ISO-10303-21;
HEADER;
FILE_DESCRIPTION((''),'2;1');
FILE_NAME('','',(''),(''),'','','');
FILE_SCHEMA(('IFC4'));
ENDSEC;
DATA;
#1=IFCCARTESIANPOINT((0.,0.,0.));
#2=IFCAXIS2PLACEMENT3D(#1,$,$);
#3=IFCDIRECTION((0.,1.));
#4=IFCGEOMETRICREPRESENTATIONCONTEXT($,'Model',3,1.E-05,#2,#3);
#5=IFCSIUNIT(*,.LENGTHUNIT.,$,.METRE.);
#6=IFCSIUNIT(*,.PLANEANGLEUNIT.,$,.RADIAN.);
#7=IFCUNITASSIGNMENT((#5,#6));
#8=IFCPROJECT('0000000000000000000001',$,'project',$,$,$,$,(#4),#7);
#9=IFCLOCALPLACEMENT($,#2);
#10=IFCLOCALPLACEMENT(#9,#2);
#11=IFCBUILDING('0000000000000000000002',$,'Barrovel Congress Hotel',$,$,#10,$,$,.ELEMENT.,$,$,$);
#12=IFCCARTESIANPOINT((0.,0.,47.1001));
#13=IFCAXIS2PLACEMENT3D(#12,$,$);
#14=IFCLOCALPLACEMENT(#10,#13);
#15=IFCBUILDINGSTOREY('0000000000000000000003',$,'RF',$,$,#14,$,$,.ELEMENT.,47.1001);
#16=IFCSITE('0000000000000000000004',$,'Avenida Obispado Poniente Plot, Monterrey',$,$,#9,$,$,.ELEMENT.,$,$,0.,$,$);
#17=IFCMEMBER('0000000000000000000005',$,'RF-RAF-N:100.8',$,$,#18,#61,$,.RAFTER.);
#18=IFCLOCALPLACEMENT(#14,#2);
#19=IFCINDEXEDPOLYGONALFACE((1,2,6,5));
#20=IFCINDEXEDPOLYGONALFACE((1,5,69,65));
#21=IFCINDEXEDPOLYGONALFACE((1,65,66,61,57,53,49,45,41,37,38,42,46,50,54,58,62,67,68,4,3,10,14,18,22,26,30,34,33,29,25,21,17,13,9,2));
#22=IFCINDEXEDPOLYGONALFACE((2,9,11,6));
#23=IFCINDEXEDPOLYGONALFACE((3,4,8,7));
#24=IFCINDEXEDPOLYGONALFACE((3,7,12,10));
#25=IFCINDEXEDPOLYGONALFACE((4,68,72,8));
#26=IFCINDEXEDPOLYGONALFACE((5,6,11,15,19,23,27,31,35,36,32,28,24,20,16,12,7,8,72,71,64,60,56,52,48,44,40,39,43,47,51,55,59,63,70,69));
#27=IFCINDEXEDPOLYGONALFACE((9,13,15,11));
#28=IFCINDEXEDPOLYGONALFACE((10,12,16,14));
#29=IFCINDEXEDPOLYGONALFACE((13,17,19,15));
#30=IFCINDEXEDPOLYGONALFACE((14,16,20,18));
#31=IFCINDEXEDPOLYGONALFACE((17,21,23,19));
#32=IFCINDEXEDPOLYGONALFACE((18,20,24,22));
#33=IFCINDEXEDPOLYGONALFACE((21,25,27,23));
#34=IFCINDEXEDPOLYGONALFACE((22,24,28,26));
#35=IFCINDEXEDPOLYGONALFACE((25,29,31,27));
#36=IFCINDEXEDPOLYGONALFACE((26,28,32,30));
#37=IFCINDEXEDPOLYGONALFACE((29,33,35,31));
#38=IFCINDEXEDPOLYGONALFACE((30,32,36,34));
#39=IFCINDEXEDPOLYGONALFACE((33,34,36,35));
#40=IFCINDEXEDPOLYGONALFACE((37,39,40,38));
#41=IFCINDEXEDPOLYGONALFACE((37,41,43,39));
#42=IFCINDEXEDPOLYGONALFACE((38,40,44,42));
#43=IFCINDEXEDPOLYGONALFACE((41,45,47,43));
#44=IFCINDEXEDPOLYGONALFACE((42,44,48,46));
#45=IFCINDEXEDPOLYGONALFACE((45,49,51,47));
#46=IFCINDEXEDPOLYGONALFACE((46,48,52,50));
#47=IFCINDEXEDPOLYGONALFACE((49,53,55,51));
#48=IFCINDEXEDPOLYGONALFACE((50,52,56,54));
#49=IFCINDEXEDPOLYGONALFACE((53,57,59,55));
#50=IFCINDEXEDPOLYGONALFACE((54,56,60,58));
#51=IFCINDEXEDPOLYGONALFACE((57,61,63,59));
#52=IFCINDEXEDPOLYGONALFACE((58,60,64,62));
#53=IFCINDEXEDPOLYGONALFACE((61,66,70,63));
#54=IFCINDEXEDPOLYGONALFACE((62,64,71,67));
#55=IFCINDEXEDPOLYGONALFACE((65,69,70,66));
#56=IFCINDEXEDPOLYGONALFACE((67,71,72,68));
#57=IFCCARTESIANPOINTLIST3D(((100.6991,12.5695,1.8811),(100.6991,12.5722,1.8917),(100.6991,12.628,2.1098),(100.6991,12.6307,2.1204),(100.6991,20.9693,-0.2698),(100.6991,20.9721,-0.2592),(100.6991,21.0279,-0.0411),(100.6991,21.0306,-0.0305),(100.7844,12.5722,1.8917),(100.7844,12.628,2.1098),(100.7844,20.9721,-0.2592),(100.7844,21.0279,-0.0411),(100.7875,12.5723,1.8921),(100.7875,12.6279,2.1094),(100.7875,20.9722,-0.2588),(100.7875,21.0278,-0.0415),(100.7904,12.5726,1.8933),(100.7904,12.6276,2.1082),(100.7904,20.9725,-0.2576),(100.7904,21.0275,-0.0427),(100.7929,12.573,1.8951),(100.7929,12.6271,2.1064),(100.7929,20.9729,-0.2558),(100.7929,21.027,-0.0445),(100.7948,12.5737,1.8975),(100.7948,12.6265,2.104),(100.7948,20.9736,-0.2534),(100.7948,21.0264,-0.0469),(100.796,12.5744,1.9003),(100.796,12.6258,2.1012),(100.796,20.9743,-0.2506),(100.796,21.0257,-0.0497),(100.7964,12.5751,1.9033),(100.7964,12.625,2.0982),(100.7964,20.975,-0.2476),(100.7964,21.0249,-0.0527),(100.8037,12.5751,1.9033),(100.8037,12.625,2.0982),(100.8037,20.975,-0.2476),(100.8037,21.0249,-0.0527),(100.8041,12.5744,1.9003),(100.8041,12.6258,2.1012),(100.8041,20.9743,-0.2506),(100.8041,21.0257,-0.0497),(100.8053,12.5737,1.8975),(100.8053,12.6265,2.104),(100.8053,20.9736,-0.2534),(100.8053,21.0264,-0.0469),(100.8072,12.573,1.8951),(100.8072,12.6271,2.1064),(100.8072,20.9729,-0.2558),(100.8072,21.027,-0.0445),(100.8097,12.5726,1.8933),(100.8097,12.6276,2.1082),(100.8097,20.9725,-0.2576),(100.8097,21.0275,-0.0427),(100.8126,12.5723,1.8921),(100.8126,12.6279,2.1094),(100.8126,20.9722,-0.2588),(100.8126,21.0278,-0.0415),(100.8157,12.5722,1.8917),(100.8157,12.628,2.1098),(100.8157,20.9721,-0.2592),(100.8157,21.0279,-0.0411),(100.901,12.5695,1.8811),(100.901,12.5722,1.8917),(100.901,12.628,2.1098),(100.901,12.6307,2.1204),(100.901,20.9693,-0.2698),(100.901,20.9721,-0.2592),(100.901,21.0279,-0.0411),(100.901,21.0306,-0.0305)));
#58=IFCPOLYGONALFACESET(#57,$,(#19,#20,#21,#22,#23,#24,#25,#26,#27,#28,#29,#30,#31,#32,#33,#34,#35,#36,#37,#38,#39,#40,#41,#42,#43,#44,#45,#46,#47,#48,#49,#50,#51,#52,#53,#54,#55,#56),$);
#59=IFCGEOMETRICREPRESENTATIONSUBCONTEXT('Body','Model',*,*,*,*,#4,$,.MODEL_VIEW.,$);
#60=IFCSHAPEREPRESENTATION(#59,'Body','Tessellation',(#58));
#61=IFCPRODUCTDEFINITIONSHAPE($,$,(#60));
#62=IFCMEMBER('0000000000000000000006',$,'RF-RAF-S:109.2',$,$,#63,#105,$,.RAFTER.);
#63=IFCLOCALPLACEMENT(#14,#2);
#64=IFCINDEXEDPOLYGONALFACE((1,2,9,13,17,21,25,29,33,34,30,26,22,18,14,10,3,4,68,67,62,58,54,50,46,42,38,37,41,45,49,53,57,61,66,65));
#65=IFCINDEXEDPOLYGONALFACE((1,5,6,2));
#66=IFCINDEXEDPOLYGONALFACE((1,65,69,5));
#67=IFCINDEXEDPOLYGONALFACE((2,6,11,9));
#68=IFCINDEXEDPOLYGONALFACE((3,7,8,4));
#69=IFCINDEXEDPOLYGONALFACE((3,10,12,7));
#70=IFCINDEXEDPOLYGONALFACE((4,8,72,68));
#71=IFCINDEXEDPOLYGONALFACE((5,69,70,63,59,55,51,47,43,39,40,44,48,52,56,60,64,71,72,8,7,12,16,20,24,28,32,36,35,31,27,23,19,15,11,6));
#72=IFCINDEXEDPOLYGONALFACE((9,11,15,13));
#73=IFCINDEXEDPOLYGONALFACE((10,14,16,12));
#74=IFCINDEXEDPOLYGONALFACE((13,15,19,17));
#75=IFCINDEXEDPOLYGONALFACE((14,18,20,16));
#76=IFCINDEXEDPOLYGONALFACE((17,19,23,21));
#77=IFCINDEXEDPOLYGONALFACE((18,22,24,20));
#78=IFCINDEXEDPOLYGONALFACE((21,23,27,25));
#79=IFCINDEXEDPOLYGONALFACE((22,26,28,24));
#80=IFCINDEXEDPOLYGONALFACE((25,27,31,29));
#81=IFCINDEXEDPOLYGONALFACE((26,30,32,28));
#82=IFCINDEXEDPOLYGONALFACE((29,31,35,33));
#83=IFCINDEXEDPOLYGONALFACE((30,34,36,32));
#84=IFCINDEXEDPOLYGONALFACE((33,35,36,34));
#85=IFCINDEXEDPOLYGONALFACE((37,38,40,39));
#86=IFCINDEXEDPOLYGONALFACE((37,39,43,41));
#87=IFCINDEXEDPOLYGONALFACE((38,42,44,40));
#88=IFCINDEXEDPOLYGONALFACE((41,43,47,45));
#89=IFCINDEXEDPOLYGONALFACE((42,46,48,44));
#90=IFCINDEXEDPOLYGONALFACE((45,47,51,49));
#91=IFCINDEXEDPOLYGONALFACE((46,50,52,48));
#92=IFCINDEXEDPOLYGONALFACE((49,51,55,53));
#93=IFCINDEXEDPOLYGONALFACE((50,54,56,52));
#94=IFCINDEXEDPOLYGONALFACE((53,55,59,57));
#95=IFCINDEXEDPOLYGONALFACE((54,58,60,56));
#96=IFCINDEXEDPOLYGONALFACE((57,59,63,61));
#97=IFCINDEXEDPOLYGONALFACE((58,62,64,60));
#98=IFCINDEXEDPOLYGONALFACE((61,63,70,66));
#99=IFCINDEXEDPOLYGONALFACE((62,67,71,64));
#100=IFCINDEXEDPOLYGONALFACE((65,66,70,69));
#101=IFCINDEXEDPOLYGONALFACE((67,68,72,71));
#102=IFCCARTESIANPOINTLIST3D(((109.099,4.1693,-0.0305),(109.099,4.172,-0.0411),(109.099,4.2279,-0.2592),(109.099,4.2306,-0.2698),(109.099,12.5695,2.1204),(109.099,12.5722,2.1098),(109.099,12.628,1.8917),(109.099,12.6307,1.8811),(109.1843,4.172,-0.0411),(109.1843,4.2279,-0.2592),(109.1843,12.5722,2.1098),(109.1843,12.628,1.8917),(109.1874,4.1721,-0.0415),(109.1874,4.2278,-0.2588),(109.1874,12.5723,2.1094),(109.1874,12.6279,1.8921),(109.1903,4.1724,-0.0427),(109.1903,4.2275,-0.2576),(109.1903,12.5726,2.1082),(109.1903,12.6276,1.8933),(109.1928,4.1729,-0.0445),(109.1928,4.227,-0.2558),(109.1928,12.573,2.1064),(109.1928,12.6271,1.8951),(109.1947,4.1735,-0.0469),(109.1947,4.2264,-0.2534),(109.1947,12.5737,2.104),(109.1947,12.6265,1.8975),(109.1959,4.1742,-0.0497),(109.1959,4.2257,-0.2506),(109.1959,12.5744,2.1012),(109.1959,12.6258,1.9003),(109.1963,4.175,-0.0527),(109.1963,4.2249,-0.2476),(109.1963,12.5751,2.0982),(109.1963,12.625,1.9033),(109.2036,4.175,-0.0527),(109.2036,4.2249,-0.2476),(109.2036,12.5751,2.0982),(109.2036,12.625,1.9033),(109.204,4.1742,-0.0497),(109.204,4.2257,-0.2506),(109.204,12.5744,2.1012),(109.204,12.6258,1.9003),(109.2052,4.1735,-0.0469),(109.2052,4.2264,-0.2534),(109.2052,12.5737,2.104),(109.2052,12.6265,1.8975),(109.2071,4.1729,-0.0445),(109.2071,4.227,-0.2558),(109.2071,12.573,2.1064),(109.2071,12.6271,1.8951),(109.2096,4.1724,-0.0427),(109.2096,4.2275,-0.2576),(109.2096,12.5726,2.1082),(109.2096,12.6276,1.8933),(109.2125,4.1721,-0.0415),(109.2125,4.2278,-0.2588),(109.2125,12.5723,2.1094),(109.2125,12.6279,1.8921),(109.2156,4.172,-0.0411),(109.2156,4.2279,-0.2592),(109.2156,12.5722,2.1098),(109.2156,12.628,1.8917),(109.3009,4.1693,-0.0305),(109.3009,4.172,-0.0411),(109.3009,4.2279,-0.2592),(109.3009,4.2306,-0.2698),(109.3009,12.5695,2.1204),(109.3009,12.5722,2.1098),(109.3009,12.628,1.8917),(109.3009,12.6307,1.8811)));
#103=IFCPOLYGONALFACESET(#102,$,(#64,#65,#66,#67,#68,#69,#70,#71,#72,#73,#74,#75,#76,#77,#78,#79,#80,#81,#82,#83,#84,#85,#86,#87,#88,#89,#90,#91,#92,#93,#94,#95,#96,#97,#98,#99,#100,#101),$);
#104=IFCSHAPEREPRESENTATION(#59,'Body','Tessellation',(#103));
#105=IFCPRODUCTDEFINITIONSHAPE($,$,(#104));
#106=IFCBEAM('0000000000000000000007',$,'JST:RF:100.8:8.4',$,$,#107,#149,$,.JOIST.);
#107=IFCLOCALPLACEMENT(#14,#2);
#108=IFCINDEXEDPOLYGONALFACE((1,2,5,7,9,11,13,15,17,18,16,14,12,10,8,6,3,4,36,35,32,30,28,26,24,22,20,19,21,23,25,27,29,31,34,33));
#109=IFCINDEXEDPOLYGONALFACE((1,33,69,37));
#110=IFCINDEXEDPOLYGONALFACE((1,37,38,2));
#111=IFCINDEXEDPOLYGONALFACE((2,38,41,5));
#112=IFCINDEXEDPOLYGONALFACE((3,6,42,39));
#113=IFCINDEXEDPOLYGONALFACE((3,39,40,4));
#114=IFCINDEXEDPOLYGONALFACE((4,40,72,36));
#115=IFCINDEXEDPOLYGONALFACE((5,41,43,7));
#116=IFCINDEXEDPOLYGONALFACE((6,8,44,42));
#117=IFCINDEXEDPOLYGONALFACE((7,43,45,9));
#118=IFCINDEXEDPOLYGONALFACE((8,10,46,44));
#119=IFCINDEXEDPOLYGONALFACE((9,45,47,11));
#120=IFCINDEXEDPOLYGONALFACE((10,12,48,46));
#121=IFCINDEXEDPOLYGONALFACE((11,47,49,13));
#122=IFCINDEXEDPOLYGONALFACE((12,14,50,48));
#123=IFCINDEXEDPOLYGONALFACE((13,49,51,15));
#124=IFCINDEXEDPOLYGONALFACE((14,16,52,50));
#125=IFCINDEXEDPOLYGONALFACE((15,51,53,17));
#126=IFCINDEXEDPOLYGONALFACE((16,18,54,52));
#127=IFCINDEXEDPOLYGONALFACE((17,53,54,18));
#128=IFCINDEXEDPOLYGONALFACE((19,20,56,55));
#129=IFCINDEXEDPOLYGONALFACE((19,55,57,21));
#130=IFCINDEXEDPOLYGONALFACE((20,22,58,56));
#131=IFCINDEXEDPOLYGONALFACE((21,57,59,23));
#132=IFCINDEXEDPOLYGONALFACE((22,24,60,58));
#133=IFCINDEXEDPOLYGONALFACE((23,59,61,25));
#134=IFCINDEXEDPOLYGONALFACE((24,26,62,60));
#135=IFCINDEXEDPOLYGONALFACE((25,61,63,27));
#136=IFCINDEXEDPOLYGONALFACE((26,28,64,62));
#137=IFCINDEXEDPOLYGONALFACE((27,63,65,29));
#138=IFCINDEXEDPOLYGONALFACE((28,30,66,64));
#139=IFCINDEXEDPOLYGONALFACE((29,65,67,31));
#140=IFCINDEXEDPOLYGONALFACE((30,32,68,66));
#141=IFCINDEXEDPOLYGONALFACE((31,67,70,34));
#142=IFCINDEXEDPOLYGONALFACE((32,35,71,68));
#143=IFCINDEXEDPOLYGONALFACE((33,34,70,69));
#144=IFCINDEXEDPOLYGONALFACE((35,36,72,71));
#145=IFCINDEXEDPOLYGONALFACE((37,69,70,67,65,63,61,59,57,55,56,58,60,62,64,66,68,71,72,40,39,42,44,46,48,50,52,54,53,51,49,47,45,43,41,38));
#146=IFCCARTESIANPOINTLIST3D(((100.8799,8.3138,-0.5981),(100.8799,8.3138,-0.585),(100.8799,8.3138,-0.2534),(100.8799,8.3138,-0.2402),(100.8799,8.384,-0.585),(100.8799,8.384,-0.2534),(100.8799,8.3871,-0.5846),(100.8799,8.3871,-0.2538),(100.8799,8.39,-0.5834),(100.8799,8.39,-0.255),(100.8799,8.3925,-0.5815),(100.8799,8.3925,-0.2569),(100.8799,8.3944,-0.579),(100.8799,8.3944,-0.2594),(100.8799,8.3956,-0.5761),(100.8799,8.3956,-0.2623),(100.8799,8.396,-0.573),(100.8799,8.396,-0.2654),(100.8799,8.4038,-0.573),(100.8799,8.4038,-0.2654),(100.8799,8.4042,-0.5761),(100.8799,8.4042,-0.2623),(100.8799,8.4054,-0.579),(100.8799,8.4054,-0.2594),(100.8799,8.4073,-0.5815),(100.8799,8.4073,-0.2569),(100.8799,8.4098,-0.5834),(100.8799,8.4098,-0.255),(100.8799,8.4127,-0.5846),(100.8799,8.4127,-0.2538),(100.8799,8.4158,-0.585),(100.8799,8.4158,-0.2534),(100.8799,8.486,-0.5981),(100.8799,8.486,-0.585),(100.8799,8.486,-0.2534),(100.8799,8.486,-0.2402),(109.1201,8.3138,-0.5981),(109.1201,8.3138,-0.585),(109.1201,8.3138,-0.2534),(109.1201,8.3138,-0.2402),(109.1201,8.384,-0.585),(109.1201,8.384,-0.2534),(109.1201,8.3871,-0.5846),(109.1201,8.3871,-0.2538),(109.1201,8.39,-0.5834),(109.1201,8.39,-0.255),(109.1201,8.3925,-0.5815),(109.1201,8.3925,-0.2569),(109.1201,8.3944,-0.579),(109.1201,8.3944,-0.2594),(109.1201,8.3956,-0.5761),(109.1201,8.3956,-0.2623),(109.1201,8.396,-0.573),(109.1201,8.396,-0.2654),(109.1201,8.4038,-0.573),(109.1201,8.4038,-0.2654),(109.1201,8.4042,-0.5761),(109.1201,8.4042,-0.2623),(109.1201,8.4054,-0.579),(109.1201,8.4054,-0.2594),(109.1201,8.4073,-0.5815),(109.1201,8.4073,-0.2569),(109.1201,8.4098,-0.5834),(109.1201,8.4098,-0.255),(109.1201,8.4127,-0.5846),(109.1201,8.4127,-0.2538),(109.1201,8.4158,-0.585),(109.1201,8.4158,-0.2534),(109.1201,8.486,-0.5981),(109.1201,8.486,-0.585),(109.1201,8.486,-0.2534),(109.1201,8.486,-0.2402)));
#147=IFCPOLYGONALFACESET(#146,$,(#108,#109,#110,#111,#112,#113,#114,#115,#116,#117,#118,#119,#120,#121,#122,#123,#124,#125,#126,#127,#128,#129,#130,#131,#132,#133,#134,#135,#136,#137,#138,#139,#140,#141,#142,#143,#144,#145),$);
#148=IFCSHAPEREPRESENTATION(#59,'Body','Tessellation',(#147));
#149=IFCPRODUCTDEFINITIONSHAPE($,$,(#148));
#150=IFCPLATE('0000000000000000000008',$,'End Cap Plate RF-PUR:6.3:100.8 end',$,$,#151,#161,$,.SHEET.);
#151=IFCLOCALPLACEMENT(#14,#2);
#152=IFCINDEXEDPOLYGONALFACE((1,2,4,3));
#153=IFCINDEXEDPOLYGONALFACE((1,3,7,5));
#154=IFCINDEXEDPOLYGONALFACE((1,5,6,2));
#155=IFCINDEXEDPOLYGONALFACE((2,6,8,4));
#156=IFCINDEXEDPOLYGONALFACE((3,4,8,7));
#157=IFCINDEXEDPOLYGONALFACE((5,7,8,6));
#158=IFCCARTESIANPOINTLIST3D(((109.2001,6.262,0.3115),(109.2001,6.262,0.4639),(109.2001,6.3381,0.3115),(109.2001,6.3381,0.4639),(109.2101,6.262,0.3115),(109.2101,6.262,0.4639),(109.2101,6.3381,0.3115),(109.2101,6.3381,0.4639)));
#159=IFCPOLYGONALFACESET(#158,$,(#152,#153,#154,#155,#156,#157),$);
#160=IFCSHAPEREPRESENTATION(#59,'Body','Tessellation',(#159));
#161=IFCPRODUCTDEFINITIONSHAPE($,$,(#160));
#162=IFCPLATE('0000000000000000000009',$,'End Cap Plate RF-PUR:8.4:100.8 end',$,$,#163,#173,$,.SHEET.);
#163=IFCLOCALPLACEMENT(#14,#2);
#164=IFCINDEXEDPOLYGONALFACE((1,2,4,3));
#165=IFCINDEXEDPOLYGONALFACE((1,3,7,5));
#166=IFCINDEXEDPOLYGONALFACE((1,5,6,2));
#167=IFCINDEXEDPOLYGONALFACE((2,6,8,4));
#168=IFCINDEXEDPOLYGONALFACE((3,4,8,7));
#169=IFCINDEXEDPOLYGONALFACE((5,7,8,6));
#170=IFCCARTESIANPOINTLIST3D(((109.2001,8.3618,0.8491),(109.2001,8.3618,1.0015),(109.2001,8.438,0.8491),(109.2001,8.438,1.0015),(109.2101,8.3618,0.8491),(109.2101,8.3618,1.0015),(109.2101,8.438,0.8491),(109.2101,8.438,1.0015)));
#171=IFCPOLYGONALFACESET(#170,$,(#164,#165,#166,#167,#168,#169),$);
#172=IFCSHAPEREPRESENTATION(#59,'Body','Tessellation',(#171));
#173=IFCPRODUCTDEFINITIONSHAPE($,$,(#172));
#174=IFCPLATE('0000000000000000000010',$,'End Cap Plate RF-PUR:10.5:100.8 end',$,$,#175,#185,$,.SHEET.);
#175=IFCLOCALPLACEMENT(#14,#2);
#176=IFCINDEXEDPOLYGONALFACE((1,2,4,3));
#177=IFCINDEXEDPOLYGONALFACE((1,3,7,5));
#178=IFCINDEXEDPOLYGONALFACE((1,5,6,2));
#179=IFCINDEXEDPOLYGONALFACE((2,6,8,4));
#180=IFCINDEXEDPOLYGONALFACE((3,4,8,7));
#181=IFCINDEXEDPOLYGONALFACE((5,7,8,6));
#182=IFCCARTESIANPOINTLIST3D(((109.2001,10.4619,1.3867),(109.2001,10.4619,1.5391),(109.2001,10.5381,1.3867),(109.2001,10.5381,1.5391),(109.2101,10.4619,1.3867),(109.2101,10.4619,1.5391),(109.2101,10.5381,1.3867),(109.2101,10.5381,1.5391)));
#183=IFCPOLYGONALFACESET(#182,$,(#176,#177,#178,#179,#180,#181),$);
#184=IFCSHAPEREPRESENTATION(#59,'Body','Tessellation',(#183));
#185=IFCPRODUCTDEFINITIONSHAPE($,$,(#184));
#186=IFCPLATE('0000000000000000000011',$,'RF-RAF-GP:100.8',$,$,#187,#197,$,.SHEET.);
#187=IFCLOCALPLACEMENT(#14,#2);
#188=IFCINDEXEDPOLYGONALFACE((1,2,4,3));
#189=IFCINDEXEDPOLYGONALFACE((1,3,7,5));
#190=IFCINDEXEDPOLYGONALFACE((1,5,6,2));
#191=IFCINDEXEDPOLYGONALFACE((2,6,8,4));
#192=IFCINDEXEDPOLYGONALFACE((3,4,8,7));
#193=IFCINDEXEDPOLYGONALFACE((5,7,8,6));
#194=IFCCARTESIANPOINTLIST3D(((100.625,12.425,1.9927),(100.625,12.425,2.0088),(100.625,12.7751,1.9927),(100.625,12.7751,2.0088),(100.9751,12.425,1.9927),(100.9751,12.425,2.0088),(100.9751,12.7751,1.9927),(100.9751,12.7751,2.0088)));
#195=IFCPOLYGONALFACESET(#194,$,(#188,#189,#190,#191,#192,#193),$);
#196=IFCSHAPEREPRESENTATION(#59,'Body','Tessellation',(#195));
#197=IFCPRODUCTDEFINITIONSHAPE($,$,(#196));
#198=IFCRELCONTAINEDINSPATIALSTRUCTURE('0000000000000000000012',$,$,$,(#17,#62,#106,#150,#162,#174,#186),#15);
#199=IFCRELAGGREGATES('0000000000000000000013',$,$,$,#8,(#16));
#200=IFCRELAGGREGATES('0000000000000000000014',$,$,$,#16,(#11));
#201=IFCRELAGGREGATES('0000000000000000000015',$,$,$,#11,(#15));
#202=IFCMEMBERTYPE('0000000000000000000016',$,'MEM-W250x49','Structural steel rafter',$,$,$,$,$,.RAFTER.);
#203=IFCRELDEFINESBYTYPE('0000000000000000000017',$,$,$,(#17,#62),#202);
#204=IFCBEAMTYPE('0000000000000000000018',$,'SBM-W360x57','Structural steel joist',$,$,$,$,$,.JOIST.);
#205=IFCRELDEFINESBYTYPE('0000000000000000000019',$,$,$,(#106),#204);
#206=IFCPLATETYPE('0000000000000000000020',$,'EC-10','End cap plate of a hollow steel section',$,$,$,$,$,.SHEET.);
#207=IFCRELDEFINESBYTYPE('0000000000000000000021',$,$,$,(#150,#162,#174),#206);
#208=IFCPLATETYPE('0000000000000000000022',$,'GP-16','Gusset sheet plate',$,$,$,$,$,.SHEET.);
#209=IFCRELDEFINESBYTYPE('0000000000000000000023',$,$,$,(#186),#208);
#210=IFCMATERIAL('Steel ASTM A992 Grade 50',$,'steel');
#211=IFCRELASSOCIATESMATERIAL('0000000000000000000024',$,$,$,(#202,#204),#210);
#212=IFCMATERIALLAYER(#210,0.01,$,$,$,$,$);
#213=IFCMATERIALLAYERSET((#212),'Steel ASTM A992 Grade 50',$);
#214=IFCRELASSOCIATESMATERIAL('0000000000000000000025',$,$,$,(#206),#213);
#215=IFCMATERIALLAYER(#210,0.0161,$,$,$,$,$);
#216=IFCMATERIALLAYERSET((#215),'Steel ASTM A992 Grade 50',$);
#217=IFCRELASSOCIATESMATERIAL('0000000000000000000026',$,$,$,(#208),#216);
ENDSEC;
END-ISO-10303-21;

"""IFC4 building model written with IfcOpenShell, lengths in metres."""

from ifc_helpers import new_model, si_unit, direction, frame, origin, origin_2d, place, context, subcontext, project, spatial, rectangle, i_section, extrude, material, layer, layer_set, material_profile, profile_set, type_object, element, save


model = new_model("IFC4")

# Units and contexts
model_context = context("Model", 3, precision=1e-05, world=origin(), true_north=direction((0.0, 1.0)))
body_context = subcontext(model_context, "Body", "Model", "MODEL_VIEW")
ifc_project = project(units=[si_unit("LENGTHUNIT", "METRE"), si_unit("PLANEANGLEUNIT", "RADIAN")], contexts=[model_context])

# Site, building, storey
site_placement = place(None, origin())
site = spatial("IfcSite", under=ifc_project, at=site_placement, Name="Avenida Obispado Poniente Plot, Monterrey", CompositionType="ELEMENT", RefElevation=0.0)
building_placement = place(site_placement, origin())
building = spatial("IfcBuilding", under=site, at=building_placement, Name="Barrovel Congress Hotel", CompositionType="ELEMENT")
storey_placement = place(building_placement, frame((0.0, 0.0, 47.1001)))
storey = spatial("IfcBuildingStorey", under=building, at=storey_placement, Name="RF", CompositionType="ELEMENT", Elevation=47.1001)

# Members
ifc_material_1 = material(Name="Steel ASTM A992 Grade 50", Category="steel")
ifc_material_profile_1 = material_profile(ifc_material_1, i_section(OverallWidth=0.2019, OverallDepth=0.2471, WebThickness=0.0073, FlangeThickness=0.011, FilletRadius=0.012, at=origin_2d()), Name="W250x49")
ifc_profile_set_1 = profile_set([ifc_material_profile_1], Name="Steel ASTM A992 Grade 50")
member_type_1 = type_object("IfcMemberType", Name="MEM-W250x49", Description="Structural steel rafter", PredefinedType="RAFTER", material=ifc_profile_set_1)
member_1_placement = place(storey_placement, frame((100.8, 12.6001, 2.0007), z_axis=(0.0, 0.968745, -0.248057), x_axis=(-1.0, 0.0, 0.0)))
element("IfcMember", 1, at=member_1_placement, inside=storey, type_object=member_type_1, Name="RF-RAF-N:100.8", PredefinedType="RAFTER", context=body_context, shape_type="SweptSolid", body=[
    extrude(i_section(OverallWidth=0.2019, OverallDepth=0.2471, WebThickness=0.0073, FlangeThickness=0.011, FilletRadius=0.012, at=origin_2d()), origin(), (0.0, 0.0, 1.0), 8.6709),
])
member_2_placement = place(storey_placement, frame((109.2, 4.2, -0.1501), z_axis=(0.0, 0.968747, 0.24805), x_axis=(-1.0, 0.0, 0.0)))
element("IfcMember", 2, at=member_2_placement, inside=storey, type_object=member_type_1, Name="RF-RAF-S:109.2", PredefinedType="RAFTER", context=body_context, shape_type="SweptSolid", body=[
    extrude(i_section(OverallWidth=0.2019, OverallDepth=0.2471, WebThickness=0.0073, FlangeThickness=0.011, FilletRadius=0.012, at=origin_2d()), origin(), (0.0, 0.0, 1.0), 8.6711),
])

# Beam
ifc_material_profile_2 = material_profile(ifc_material_1, i_section(OverallWidth=0.1721, OverallDepth=0.3579, WebThickness=0.0078, FlangeThickness=0.0132, FilletRadius=0.012, at=origin_2d()), Name="W360x57")
ifc_profile_set_2 = profile_set([ifc_material_profile_2], Name="Steel ASTM A992 Grade 50")
beam_type_1 = type_object("IfcBeamType", Name="SBM-W360x57", Description="Structural steel joist", PredefinedType="JOIST", material=ifc_profile_set_2)
beam_1_placement = place(storey_placement, frame((100.8799, 8.3999, -0.4192), z_axis=(1.0, 0.0, 0.0), x_axis=(0.0, 1.0, 0.0)))
element("IfcBeam", 3, at=beam_1_placement, inside=storey, type_object=beam_type_1, Name="JST:RF:100.8:8.4", PredefinedType="JOIST", context=body_context, shape_type="SweptSolid", body=[
    extrude(i_section(OverallWidth=0.1721, OverallDepth=0.3579, WebThickness=0.0078, FlangeThickness=0.0132, FilletRadius=0.012, at=origin_2d()), origin(), (0.0, 0.0, 1.0), 8.2402),
])

# Plates
ifc_layer_1 = layer(ifc_material_1, 0.01)
ifc_layer_set_1 = layer_set([ifc_layer_1], Name="Steel ASTM A992 Grade 50")
plate_type_1 = type_object("IfcPlateType", Name="EC-10", Description="End cap plate of a hollow steel section", PredefinedType="SHEET", material=ifc_layer_set_1)
for number, where, z_axis, x_axis, name in (
    (4, (109.2051, 6.3, 0.3115), (0.0, 0.0, 1.0), (1.0, 0.0, 0.0), "End Cap Plate RF-PUR:6.3:100.8 end"),
    (5, (109.2051, 8.3999, 0.8491), (0.0, 0.0, 1.0), (1.0, 0.0, 0.0), "End Cap Plate RF-PUR:8.4:100.8 end"),
    (6, (109.2051, 10.5, 1.3867), (0.0, 0.0, 1.0), (1.0, 0.0, 0.0), "End Cap Plate RF-PUR:10.5:100.8 end"),
):
    element("IfcPlate", number, at=place(storey_placement, frame(where, z_axis=z_axis, x_axis=x_axis)), inside=storey, type_object=plate_type_1, Name=name, PredefinedType="SHEET", context=body_context, shape_type="SweptSolid", body=[
        extrude(rectangle(XDim=0.01, YDim=0.0762, at=origin_2d()), origin(), (0.0, 0.0, 1.0), 0.1523),
    ])
ifc_layer_2 = layer(ifc_material_1, 0.0161)
ifc_layer_set_2 = layer_set([ifc_layer_2], Name="Steel ASTM A992 Grade 50")
plate_type_2 = type_object("IfcPlateType", Name="GP-16", Description="Gusset sheet plate", PredefinedType="SHEET", material=ifc_layer_set_2)
plate_placement = place(storey_placement, frame((100.8, 12.6001, 1.9927), z_axis=(0.0, 0.0, 1.0), x_axis=(1.0, 0.0, 0.0)))
element("IfcPlate", 7, at=plate_placement, inside=storey, type_object=plate_type_2, Name="RF-RAF-GP:100.8", PredefinedType="SHEET", context=body_context, shape_type="SweptSolid", body=[
    extrude(rectangle(XDim=0.3501, YDim=0.3501, at=origin_2d()), origin(), (0.0, 0.0, 1.0), 0.0161),
])

save(model, "model.ifc")
